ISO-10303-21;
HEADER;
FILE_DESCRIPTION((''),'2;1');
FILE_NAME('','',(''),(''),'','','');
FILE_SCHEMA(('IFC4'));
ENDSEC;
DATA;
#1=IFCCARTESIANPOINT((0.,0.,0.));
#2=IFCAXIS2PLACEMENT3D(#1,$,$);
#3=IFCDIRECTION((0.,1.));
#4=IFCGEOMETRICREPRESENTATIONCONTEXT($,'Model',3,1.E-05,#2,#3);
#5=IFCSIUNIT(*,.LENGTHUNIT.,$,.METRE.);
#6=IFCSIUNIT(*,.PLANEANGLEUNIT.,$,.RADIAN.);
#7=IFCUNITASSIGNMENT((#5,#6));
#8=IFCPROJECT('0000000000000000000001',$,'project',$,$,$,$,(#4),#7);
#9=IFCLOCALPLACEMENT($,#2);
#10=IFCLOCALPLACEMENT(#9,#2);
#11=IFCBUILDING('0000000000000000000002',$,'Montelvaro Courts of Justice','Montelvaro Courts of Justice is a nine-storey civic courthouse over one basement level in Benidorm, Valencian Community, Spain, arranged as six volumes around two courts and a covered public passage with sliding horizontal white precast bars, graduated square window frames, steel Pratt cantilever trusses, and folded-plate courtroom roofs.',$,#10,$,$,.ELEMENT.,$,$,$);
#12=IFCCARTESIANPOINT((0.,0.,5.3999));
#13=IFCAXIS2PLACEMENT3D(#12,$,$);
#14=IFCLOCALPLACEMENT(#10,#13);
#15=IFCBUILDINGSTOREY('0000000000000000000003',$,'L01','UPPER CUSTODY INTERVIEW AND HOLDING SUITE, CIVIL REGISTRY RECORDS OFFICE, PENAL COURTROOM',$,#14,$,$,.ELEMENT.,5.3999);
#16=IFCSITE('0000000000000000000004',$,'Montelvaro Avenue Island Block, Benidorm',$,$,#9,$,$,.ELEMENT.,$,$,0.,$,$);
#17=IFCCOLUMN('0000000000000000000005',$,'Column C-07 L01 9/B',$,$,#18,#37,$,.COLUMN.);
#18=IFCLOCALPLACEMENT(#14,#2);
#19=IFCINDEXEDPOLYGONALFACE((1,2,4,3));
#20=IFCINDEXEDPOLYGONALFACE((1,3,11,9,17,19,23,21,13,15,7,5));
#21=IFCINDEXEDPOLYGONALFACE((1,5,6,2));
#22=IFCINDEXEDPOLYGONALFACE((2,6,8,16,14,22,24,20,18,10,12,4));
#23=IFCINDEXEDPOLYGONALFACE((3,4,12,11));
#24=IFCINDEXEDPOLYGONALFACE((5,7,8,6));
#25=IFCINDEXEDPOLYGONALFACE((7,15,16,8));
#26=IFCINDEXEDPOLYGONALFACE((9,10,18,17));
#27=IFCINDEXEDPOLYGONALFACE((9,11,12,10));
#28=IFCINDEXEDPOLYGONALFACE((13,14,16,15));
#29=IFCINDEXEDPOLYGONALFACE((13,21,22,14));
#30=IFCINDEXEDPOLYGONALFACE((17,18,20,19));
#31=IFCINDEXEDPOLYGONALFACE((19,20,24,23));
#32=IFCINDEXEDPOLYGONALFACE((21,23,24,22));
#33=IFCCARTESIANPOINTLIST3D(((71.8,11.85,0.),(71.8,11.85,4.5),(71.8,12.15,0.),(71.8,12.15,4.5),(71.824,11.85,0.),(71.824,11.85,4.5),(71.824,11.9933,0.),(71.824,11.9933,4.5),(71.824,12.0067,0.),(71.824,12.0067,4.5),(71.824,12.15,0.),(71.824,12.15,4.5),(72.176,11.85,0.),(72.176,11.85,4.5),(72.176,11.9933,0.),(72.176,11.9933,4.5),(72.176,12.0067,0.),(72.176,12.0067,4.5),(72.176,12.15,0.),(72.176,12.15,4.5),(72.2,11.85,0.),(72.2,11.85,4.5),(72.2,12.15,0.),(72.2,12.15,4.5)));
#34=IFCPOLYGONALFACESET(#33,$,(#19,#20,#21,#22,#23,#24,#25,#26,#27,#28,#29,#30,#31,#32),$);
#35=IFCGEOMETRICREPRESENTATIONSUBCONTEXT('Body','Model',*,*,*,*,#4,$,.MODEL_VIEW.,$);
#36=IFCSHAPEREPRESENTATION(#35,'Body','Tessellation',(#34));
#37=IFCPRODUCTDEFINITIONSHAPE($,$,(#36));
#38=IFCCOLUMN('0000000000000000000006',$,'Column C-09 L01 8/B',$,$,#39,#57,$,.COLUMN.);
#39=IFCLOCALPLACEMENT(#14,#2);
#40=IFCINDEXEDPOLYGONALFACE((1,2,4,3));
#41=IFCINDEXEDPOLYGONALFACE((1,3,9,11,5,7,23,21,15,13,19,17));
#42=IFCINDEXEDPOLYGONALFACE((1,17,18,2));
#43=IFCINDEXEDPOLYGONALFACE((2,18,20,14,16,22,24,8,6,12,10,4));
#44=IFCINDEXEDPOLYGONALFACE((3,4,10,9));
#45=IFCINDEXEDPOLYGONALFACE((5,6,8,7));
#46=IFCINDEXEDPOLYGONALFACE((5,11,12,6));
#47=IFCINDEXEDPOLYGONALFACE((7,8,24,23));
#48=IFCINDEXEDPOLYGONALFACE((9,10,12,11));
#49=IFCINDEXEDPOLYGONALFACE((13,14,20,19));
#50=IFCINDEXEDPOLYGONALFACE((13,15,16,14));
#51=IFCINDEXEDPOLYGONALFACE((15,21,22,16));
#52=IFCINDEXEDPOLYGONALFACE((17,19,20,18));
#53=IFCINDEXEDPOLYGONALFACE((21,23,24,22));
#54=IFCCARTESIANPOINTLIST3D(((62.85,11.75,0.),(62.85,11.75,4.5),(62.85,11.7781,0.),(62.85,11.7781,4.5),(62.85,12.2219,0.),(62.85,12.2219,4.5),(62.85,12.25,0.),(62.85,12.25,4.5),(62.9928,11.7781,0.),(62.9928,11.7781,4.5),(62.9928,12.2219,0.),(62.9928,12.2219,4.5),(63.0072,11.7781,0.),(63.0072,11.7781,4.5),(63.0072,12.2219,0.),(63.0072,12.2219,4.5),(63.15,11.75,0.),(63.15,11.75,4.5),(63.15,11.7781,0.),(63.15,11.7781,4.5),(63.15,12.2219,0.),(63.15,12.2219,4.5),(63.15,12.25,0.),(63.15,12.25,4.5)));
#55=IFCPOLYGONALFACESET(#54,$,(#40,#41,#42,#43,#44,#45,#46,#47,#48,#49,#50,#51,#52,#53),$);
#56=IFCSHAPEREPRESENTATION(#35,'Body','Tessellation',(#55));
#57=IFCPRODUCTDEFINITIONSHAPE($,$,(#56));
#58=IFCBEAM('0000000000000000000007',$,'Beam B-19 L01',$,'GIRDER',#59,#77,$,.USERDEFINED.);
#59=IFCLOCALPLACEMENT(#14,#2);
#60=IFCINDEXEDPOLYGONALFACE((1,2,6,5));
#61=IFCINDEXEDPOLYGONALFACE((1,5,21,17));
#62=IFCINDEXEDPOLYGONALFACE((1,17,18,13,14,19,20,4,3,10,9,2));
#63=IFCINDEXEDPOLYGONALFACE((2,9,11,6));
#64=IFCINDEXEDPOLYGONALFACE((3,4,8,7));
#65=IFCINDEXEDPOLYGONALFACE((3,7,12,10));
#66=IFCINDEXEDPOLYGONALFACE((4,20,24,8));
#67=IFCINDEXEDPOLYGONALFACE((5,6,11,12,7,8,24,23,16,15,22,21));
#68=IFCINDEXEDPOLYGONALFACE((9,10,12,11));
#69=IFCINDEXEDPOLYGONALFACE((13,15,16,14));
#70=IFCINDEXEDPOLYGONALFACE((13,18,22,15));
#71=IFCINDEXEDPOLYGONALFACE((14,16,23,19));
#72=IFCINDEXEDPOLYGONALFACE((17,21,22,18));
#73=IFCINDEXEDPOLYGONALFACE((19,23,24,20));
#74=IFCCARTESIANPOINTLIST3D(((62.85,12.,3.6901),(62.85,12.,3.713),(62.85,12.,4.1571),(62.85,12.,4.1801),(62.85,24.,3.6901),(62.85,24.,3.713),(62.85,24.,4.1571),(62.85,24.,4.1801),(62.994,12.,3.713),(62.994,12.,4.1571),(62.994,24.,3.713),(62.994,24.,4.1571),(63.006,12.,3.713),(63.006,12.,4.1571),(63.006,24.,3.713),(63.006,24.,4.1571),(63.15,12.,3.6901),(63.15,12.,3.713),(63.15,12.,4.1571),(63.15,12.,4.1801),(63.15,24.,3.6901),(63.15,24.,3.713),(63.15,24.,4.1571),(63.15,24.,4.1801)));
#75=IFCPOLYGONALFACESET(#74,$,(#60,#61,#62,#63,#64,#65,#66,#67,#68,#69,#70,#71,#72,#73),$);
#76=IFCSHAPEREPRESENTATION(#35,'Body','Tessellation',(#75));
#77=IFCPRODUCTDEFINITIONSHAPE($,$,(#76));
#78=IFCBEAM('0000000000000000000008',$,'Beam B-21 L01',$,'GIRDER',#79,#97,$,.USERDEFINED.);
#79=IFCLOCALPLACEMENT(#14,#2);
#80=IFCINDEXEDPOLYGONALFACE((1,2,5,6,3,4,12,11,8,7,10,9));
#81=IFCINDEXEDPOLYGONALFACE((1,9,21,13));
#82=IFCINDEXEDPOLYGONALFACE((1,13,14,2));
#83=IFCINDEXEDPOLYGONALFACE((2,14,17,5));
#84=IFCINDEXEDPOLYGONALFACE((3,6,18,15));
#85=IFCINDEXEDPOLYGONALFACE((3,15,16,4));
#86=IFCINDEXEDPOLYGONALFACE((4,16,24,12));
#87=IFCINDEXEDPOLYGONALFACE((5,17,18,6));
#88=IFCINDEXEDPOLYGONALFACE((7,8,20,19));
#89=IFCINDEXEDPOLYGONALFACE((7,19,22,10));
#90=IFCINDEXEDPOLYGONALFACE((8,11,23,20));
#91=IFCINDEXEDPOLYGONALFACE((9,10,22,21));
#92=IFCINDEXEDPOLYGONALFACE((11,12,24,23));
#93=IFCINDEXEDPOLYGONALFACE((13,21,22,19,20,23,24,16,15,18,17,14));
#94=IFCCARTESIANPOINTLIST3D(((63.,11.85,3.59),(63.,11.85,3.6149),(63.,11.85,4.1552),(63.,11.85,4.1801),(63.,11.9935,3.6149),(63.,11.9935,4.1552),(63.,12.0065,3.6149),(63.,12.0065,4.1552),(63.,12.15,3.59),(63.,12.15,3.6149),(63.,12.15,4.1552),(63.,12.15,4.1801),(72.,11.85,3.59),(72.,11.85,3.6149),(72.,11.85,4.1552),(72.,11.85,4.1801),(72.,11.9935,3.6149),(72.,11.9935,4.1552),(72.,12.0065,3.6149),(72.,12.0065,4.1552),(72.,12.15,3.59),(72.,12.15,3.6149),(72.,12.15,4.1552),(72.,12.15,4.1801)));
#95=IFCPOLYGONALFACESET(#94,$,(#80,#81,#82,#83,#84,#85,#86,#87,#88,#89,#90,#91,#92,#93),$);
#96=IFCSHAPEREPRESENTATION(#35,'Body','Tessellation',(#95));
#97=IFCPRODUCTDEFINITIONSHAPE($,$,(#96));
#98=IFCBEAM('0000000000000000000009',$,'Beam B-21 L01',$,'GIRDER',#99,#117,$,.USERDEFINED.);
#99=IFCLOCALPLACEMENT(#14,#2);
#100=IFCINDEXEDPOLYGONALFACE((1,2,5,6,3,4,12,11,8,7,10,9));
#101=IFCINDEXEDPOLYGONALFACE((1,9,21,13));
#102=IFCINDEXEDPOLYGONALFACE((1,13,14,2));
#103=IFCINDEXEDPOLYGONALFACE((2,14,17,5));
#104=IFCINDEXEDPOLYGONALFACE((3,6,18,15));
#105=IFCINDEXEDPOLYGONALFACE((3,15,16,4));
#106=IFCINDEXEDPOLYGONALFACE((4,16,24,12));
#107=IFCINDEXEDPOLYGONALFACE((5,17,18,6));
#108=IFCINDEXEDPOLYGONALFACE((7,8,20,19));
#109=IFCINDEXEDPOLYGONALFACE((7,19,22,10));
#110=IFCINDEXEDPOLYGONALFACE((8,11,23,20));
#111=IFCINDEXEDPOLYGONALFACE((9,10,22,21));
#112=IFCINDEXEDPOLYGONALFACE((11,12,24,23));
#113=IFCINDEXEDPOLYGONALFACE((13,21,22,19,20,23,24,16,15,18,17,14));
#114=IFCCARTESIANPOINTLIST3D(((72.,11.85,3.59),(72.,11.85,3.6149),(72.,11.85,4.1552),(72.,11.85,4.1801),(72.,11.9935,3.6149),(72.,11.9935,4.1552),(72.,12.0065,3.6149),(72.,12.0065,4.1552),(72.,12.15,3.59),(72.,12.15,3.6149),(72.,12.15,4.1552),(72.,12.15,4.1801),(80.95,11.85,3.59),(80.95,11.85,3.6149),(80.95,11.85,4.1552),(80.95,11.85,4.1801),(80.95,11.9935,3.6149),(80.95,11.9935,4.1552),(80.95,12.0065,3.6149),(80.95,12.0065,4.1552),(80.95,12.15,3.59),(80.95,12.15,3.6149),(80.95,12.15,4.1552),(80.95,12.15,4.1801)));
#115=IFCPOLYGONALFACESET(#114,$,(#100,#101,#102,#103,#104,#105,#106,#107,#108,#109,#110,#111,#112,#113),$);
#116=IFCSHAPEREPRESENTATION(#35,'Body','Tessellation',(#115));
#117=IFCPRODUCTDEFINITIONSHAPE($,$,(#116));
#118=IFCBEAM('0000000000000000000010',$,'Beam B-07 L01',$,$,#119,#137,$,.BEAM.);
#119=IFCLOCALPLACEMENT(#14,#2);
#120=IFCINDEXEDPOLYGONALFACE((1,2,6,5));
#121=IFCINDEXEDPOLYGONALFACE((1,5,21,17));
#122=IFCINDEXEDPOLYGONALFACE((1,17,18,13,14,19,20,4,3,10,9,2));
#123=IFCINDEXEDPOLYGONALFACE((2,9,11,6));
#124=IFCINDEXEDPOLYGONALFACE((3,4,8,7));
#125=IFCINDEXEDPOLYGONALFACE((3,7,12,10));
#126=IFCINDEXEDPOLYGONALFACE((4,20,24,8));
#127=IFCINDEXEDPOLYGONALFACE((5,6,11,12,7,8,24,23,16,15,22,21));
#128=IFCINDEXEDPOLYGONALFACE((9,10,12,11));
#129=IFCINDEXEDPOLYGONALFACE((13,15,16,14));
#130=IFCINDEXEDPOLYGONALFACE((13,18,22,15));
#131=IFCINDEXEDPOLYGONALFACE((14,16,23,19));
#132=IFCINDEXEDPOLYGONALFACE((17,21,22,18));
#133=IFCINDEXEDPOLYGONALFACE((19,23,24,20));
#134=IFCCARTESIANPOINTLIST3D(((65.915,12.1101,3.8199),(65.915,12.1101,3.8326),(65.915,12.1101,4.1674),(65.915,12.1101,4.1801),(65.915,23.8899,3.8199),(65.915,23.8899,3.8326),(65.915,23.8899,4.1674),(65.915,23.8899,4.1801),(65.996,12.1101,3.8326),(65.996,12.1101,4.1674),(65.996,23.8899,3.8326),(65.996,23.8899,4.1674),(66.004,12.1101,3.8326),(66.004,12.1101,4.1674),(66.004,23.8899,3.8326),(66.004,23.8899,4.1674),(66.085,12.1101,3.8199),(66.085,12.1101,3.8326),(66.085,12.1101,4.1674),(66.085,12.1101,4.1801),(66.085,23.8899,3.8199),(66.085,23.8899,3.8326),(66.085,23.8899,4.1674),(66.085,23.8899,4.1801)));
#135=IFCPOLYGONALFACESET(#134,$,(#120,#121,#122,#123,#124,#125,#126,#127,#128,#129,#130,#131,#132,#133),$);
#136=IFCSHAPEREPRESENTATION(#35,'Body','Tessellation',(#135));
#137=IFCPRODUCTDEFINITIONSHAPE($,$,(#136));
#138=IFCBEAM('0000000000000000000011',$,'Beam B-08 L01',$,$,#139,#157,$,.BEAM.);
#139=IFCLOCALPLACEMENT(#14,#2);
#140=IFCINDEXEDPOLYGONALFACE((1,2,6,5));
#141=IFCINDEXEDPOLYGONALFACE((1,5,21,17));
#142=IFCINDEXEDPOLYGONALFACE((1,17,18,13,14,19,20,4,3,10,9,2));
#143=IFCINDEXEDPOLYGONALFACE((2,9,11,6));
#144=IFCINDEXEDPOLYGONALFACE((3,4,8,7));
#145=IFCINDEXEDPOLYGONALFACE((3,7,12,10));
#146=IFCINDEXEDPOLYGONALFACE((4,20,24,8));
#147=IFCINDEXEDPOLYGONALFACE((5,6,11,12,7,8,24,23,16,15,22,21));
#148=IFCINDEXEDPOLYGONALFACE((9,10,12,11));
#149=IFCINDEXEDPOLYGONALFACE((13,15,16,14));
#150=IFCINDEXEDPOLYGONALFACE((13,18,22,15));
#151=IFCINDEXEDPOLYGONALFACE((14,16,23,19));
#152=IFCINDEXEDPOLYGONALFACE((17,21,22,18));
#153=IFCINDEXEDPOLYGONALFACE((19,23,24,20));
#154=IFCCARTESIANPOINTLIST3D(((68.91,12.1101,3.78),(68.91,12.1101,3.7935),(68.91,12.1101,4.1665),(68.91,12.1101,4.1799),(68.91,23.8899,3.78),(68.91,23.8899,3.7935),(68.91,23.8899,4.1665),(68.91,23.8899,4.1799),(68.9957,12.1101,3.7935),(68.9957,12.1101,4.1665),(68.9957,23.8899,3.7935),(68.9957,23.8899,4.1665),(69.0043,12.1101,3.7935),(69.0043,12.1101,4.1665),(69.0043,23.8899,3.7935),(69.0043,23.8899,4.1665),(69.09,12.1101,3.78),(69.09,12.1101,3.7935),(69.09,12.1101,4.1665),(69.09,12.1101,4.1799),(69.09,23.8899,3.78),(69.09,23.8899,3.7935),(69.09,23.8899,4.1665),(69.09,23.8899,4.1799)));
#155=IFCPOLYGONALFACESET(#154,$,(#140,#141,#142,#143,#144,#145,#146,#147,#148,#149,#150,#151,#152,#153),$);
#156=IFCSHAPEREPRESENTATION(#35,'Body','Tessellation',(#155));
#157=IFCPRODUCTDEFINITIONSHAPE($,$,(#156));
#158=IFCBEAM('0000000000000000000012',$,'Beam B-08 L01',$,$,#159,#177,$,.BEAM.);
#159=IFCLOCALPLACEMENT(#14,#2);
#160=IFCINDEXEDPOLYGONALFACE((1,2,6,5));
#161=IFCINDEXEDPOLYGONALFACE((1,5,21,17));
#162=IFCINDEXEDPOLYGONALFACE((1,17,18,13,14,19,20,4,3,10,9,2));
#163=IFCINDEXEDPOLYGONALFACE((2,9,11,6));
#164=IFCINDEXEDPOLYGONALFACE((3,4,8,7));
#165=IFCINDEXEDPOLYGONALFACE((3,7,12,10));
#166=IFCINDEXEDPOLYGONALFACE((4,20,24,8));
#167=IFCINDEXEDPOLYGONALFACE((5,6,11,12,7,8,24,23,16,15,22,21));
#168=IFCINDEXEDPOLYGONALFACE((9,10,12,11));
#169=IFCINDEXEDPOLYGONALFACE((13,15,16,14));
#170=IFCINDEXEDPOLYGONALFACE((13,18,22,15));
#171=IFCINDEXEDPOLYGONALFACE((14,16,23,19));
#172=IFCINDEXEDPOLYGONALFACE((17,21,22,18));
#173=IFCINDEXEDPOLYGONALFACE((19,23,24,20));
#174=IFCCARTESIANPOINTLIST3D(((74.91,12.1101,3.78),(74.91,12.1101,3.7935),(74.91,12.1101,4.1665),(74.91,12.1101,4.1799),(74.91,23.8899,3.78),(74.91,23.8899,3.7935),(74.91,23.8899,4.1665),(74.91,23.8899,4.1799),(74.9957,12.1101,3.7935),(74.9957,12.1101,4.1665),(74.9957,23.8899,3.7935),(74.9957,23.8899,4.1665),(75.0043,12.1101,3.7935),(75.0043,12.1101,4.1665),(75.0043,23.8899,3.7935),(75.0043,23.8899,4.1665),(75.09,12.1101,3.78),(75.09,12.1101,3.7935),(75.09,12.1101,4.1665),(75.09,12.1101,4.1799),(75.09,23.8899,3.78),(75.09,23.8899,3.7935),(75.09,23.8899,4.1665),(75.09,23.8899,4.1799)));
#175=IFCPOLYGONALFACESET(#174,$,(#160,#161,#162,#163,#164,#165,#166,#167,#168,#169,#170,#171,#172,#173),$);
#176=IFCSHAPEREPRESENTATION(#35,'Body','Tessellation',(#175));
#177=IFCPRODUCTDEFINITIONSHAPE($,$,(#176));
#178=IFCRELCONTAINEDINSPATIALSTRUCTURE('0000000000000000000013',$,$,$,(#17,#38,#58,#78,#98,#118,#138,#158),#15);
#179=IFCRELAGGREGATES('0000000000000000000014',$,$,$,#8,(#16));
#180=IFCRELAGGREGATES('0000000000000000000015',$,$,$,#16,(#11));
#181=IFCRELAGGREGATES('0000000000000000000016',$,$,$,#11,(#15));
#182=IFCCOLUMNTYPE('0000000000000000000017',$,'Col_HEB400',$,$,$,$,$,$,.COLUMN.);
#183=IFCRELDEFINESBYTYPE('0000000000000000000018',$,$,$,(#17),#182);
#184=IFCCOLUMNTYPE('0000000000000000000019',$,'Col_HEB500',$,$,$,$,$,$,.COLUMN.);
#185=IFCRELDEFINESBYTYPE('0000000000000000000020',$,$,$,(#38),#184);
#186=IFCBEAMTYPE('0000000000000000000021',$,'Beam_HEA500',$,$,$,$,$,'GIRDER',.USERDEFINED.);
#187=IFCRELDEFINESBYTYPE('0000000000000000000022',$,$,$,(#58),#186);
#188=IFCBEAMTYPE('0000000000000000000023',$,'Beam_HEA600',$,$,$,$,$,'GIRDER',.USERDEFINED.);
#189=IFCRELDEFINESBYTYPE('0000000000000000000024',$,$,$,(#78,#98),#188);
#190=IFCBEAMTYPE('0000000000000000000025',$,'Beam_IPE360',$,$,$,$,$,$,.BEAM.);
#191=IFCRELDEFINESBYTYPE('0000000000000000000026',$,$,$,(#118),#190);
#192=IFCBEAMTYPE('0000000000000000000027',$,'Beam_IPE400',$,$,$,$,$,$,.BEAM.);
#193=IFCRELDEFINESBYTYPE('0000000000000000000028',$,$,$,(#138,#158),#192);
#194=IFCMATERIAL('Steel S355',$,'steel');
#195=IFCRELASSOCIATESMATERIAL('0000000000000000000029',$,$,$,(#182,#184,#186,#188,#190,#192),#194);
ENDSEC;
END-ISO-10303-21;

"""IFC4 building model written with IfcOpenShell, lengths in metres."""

from ifc_helpers import new_model, si_unit, direction, frame, origin, origin_2d, place, context, subcontext, project, spatial, i_section, extrude, material, material_profile, profile_set, type_object, element, save


model = new_model("IFC4")

# Units and contexts
model_context = context("Model", 3, precision=1e-05, world=origin(), true_north=direction((0.0, 1.0)))
body_context = subcontext(model_context, "Body", "Model", "MODEL_VIEW")
ifc_project = project(units=[si_unit("LENGTHUNIT", "METRE"), si_unit("PLANEANGLEUNIT", "RADIAN")], contexts=[model_context])

# Site, building, storey
site_placement = place(None, origin())
site = spatial("IfcSite", under=ifc_project, at=site_placement, Name="Montelvaro Avenue Island Block, Benidorm", CompositionType="ELEMENT", RefElevation=0.0)
building_placement = place(site_placement, origin())
building = spatial("IfcBuilding", under=site, at=building_placement, Name="Montelvaro Courts of Justice", Description="Montelvaro Courts of Justice is a nine-storey civic courthouse over one basement level in Benidorm, Valencian Community, Spain, arranged as six volumes around two courts and a covered public passage with sliding horizontal white precast bars, graduated square window frames, steel Pratt cantilever trusses, and folded-plate courtroom roofs.", CompositionType="ELEMENT")
storey_placement = place(building_placement, frame((0.0, 0.0, 5.3999)))
storey = spatial("IfcBuildingStorey", under=building, at=storey_placement, Name="L01", Description="UPPER CUSTODY INTERVIEW AND HOLDING SUITE, CIVIL REGISTRY RECORDS OFFICE, PENAL COURTROOM", CompositionType="ELEMENT", Elevation=5.3999)

# Columns
ifc_material_1 = material(Name="Steel S355", Category="steel")
ifc_material_profile_1 = material_profile(ifc_material_1, i_section(OverallWidth=0.3, OverallDepth=0.3999, WebThickness=0.0134, FlangeThickness=0.0239, at=origin_2d()), Name="HEB 400")
ifc_profile_set_1 = profile_set([ifc_material_profile_1], Name="Steel S355")
column_type_1 = type_object("IfcColumnType", Name="Col_HEB400", PredefinedType="COLUMN", material=ifc_profile_set_1)
column_1_placement = place(storey_placement, frame((72.0, 12.0, 0.0), z_axis=(0.0, 0.0, 1.0), x_axis=(0.0, 1.0, 0.0)))
element("IfcColumn", 1, at=column_1_placement, inside=storey, type_object=column_type_1, Name="Column C-07 L01 9/B", PredefinedType="COLUMN", context=body_context, shape_type="SweptSolid", body=[
    extrude(i_section(OverallWidth=0.3, OverallDepth=0.3999, WebThickness=0.0134, FlangeThickness=0.0239, at=origin_2d()), origin(), (0.0, 0.0, 1.0), 4.5),
])
ifc_material_profile_2 = material_profile(ifc_material_1, i_section(OverallWidth=0.3, OverallDepth=0.5, WebThickness=0.0144, FlangeThickness=0.0281, at=origin_2d()), Name="HEB 500")
ifc_profile_set_2 = profile_set([ifc_material_profile_2], Name="Steel S355")
column_type_2 = type_object("IfcColumnType", Name="Col_HEB500", PredefinedType="COLUMN", material=ifc_profile_set_2)
column_2_placement = place(storey_placement, frame((63.0, 12.0, 0.0), z_axis=(0.0, 0.0, 1.0), x_axis=(1.0, 0.0, 0.0)))
element("IfcColumn", 2, at=column_2_placement, inside=storey, type_object=column_type_2, Name="Column C-09 L01 8/B", PredefinedType="COLUMN", context=body_context, shape_type="SweptSolid", body=[
    extrude(i_section(OverallWidth=0.3, OverallDepth=0.5, WebThickness=0.0144, FlangeThickness=0.0281, at=origin_2d()), origin(), (0.0, 0.0, 1.0), 4.5),
])

# Beams
ifc_material_profile_3 = material_profile(ifc_material_1, i_section(OverallWidth=0.3, OverallDepth=0.49, WebThickness=0.012, FlangeThickness=0.0229, at=origin_2d()), Name="HEA 500")
ifc_profile_set_3 = profile_set([ifc_material_profile_3], Name="Steel S355")
beam_type_1 = type_object("IfcBeamType", Name="Beam_HEA500", ElementType="GIRDER", PredefinedType="USERDEFINED", material=ifc_profile_set_3)
beam_1_placement = place(storey_placement, frame((63.0, 12.0, 3.9351), z_axis=(0.0, 1.0, 0.0), x_axis=(-1.0, 0.0, 0.0)))
element("IfcBeam", 3, at=beam_1_placement, inside=storey, type_object=beam_type_1, Name="Beam B-19 L01", ObjectType="GIRDER", PredefinedType="USERDEFINED", context=body_context, shape_type="SweptSolid", body=[
    extrude(i_section(OverallWidth=0.3, OverallDepth=0.49, WebThickness=0.012, FlangeThickness=0.0229, at=origin_2d()), origin(), (0.0, 0.0, 1.0), 12.0),
])
ifc_material_profile_4 = material_profile(ifc_material_1, i_section(OverallWidth=0.3, OverallDepth=0.5901, WebThickness=0.0129, FlangeThickness=0.0249, at=origin_2d()), Name="HEA 600")
ifc_profile_set_4 = profile_set([ifc_material_profile_4], Name="Steel S355")
beam_type_2 = type_object("IfcBeamType", Name="Beam_HEA600", ElementType="GIRDER", PredefinedType="USERDEFINED", material=ifc_profile_set_4)
beam_2_placement = place(storey_placement, frame((63.0, 12.0, 3.885), z_axis=(1.0, 0.0, 0.0), x_axis=(0.0, 1.0, 0.0)))
element("IfcBeam", 4, at=beam_2_placement, inside=storey, type_object=beam_type_2, Name="Beam B-21 L01", ObjectType="GIRDER", PredefinedType="USERDEFINED", context=body_context, shape_type="SweptSolid", body=[
    extrude(i_section(OverallWidth=0.3, OverallDepth=0.5901, WebThickness=0.0129, FlangeThickness=0.0249, at=origin_2d()), origin(), (0.0, 0.0, 1.0), 9.0),
])
beam_3_placement = place(storey_placement, frame((72.0, 12.0, 3.885), z_axis=(1.0, 0.0, 0.0), x_axis=(0.0, 1.0, 0.0)))
element("IfcBeam", 5, at=beam_3_placement, inside=storey, type_object=beam_type_2, Name="Beam B-21 L01", ObjectType="GIRDER", PredefinedType="USERDEFINED", context=body_context, shape_type="SweptSolid", body=[
    extrude(i_section(OverallWidth=0.3, OverallDepth=0.5901, WebThickness=0.0129, FlangeThickness=0.0249, at=origin_2d()), origin(), (0.0, 0.0, 1.0), 8.95),
])
ifc_material_profile_5 = material_profile(ifc_material_1, i_section(OverallWidth=0.1699, OverallDepth=0.3601, WebThickness=0.0081, FlangeThickness=0.0127, at=origin_2d()), Name="IPE 360")
ifc_profile_set_5 = profile_set([ifc_material_profile_5], Name="Steel S355")
beam_type_3 = type_object("IfcBeamType", Name="Beam_IPE360", PredefinedType="BEAM", material=ifc_profile_set_5)
beam_4_placement = place(storey_placement, frame((66.0, 12.1101, 4.0), z_axis=(0.0, 1.0, 0.0), x_axis=(-1.0, 0.0, 0.0)))
element("IfcBeam", 6, at=beam_4_placement, inside=storey, type_object=beam_type_3, Name="Beam B-07 L01", PredefinedType="BEAM", context=body_context, shape_type="SweptSolid", body=[
    extrude(i_section(OverallWidth=0.1699, OverallDepth=0.3601, WebThickness=0.0081, FlangeThickness=0.0127, at=origin_2d()), origin(), (0.0, 0.0, 1.0), 11.7798),
])
ifc_material_profile_6 = material_profile(ifc_material_1, i_section(OverallWidth=0.1799, OverallDepth=0.3999, WebThickness=0.0085, FlangeThickness=0.0134, at=origin_2d()), Name="IPE 400")
ifc_profile_set_6 = profile_set([ifc_material_profile_6], Name="Steel S355")
beam_type_4 = type_object("IfcBeamType", Name="Beam_IPE400", PredefinedType="BEAM", material=ifc_profile_set_6)
for number, where, z_axis, x_axis, name in (
    (7, (69.0, 12.1101, 3.98), (0.0, 1.0, 0.0), (-1.0, 0.0, 0.0), "Beam B-08 L01"),
    (8, (75.0, 12.1101, 3.98), (0.0, 1.0, 0.0), (-1.0, 0.0, 0.0), "Beam B-08 L01"),
):
    element("IfcBeam", number, at=place(storey_placement, frame(where, z_axis=z_axis, x_axis=x_axis)), inside=storey, type_object=beam_type_4, Name=name, PredefinedType="BEAM", context=body_context, shape_type="SweptSolid", body=[
        extrude(i_section(OverallWidth=0.1799, OverallDepth=0.3999, WebThickness=0.0085, FlangeThickness=0.0134, at=origin_2d()), origin(), (0.0, 0.0, 1.0), 11.7798),
    ])

save(model, "model.ifc")
